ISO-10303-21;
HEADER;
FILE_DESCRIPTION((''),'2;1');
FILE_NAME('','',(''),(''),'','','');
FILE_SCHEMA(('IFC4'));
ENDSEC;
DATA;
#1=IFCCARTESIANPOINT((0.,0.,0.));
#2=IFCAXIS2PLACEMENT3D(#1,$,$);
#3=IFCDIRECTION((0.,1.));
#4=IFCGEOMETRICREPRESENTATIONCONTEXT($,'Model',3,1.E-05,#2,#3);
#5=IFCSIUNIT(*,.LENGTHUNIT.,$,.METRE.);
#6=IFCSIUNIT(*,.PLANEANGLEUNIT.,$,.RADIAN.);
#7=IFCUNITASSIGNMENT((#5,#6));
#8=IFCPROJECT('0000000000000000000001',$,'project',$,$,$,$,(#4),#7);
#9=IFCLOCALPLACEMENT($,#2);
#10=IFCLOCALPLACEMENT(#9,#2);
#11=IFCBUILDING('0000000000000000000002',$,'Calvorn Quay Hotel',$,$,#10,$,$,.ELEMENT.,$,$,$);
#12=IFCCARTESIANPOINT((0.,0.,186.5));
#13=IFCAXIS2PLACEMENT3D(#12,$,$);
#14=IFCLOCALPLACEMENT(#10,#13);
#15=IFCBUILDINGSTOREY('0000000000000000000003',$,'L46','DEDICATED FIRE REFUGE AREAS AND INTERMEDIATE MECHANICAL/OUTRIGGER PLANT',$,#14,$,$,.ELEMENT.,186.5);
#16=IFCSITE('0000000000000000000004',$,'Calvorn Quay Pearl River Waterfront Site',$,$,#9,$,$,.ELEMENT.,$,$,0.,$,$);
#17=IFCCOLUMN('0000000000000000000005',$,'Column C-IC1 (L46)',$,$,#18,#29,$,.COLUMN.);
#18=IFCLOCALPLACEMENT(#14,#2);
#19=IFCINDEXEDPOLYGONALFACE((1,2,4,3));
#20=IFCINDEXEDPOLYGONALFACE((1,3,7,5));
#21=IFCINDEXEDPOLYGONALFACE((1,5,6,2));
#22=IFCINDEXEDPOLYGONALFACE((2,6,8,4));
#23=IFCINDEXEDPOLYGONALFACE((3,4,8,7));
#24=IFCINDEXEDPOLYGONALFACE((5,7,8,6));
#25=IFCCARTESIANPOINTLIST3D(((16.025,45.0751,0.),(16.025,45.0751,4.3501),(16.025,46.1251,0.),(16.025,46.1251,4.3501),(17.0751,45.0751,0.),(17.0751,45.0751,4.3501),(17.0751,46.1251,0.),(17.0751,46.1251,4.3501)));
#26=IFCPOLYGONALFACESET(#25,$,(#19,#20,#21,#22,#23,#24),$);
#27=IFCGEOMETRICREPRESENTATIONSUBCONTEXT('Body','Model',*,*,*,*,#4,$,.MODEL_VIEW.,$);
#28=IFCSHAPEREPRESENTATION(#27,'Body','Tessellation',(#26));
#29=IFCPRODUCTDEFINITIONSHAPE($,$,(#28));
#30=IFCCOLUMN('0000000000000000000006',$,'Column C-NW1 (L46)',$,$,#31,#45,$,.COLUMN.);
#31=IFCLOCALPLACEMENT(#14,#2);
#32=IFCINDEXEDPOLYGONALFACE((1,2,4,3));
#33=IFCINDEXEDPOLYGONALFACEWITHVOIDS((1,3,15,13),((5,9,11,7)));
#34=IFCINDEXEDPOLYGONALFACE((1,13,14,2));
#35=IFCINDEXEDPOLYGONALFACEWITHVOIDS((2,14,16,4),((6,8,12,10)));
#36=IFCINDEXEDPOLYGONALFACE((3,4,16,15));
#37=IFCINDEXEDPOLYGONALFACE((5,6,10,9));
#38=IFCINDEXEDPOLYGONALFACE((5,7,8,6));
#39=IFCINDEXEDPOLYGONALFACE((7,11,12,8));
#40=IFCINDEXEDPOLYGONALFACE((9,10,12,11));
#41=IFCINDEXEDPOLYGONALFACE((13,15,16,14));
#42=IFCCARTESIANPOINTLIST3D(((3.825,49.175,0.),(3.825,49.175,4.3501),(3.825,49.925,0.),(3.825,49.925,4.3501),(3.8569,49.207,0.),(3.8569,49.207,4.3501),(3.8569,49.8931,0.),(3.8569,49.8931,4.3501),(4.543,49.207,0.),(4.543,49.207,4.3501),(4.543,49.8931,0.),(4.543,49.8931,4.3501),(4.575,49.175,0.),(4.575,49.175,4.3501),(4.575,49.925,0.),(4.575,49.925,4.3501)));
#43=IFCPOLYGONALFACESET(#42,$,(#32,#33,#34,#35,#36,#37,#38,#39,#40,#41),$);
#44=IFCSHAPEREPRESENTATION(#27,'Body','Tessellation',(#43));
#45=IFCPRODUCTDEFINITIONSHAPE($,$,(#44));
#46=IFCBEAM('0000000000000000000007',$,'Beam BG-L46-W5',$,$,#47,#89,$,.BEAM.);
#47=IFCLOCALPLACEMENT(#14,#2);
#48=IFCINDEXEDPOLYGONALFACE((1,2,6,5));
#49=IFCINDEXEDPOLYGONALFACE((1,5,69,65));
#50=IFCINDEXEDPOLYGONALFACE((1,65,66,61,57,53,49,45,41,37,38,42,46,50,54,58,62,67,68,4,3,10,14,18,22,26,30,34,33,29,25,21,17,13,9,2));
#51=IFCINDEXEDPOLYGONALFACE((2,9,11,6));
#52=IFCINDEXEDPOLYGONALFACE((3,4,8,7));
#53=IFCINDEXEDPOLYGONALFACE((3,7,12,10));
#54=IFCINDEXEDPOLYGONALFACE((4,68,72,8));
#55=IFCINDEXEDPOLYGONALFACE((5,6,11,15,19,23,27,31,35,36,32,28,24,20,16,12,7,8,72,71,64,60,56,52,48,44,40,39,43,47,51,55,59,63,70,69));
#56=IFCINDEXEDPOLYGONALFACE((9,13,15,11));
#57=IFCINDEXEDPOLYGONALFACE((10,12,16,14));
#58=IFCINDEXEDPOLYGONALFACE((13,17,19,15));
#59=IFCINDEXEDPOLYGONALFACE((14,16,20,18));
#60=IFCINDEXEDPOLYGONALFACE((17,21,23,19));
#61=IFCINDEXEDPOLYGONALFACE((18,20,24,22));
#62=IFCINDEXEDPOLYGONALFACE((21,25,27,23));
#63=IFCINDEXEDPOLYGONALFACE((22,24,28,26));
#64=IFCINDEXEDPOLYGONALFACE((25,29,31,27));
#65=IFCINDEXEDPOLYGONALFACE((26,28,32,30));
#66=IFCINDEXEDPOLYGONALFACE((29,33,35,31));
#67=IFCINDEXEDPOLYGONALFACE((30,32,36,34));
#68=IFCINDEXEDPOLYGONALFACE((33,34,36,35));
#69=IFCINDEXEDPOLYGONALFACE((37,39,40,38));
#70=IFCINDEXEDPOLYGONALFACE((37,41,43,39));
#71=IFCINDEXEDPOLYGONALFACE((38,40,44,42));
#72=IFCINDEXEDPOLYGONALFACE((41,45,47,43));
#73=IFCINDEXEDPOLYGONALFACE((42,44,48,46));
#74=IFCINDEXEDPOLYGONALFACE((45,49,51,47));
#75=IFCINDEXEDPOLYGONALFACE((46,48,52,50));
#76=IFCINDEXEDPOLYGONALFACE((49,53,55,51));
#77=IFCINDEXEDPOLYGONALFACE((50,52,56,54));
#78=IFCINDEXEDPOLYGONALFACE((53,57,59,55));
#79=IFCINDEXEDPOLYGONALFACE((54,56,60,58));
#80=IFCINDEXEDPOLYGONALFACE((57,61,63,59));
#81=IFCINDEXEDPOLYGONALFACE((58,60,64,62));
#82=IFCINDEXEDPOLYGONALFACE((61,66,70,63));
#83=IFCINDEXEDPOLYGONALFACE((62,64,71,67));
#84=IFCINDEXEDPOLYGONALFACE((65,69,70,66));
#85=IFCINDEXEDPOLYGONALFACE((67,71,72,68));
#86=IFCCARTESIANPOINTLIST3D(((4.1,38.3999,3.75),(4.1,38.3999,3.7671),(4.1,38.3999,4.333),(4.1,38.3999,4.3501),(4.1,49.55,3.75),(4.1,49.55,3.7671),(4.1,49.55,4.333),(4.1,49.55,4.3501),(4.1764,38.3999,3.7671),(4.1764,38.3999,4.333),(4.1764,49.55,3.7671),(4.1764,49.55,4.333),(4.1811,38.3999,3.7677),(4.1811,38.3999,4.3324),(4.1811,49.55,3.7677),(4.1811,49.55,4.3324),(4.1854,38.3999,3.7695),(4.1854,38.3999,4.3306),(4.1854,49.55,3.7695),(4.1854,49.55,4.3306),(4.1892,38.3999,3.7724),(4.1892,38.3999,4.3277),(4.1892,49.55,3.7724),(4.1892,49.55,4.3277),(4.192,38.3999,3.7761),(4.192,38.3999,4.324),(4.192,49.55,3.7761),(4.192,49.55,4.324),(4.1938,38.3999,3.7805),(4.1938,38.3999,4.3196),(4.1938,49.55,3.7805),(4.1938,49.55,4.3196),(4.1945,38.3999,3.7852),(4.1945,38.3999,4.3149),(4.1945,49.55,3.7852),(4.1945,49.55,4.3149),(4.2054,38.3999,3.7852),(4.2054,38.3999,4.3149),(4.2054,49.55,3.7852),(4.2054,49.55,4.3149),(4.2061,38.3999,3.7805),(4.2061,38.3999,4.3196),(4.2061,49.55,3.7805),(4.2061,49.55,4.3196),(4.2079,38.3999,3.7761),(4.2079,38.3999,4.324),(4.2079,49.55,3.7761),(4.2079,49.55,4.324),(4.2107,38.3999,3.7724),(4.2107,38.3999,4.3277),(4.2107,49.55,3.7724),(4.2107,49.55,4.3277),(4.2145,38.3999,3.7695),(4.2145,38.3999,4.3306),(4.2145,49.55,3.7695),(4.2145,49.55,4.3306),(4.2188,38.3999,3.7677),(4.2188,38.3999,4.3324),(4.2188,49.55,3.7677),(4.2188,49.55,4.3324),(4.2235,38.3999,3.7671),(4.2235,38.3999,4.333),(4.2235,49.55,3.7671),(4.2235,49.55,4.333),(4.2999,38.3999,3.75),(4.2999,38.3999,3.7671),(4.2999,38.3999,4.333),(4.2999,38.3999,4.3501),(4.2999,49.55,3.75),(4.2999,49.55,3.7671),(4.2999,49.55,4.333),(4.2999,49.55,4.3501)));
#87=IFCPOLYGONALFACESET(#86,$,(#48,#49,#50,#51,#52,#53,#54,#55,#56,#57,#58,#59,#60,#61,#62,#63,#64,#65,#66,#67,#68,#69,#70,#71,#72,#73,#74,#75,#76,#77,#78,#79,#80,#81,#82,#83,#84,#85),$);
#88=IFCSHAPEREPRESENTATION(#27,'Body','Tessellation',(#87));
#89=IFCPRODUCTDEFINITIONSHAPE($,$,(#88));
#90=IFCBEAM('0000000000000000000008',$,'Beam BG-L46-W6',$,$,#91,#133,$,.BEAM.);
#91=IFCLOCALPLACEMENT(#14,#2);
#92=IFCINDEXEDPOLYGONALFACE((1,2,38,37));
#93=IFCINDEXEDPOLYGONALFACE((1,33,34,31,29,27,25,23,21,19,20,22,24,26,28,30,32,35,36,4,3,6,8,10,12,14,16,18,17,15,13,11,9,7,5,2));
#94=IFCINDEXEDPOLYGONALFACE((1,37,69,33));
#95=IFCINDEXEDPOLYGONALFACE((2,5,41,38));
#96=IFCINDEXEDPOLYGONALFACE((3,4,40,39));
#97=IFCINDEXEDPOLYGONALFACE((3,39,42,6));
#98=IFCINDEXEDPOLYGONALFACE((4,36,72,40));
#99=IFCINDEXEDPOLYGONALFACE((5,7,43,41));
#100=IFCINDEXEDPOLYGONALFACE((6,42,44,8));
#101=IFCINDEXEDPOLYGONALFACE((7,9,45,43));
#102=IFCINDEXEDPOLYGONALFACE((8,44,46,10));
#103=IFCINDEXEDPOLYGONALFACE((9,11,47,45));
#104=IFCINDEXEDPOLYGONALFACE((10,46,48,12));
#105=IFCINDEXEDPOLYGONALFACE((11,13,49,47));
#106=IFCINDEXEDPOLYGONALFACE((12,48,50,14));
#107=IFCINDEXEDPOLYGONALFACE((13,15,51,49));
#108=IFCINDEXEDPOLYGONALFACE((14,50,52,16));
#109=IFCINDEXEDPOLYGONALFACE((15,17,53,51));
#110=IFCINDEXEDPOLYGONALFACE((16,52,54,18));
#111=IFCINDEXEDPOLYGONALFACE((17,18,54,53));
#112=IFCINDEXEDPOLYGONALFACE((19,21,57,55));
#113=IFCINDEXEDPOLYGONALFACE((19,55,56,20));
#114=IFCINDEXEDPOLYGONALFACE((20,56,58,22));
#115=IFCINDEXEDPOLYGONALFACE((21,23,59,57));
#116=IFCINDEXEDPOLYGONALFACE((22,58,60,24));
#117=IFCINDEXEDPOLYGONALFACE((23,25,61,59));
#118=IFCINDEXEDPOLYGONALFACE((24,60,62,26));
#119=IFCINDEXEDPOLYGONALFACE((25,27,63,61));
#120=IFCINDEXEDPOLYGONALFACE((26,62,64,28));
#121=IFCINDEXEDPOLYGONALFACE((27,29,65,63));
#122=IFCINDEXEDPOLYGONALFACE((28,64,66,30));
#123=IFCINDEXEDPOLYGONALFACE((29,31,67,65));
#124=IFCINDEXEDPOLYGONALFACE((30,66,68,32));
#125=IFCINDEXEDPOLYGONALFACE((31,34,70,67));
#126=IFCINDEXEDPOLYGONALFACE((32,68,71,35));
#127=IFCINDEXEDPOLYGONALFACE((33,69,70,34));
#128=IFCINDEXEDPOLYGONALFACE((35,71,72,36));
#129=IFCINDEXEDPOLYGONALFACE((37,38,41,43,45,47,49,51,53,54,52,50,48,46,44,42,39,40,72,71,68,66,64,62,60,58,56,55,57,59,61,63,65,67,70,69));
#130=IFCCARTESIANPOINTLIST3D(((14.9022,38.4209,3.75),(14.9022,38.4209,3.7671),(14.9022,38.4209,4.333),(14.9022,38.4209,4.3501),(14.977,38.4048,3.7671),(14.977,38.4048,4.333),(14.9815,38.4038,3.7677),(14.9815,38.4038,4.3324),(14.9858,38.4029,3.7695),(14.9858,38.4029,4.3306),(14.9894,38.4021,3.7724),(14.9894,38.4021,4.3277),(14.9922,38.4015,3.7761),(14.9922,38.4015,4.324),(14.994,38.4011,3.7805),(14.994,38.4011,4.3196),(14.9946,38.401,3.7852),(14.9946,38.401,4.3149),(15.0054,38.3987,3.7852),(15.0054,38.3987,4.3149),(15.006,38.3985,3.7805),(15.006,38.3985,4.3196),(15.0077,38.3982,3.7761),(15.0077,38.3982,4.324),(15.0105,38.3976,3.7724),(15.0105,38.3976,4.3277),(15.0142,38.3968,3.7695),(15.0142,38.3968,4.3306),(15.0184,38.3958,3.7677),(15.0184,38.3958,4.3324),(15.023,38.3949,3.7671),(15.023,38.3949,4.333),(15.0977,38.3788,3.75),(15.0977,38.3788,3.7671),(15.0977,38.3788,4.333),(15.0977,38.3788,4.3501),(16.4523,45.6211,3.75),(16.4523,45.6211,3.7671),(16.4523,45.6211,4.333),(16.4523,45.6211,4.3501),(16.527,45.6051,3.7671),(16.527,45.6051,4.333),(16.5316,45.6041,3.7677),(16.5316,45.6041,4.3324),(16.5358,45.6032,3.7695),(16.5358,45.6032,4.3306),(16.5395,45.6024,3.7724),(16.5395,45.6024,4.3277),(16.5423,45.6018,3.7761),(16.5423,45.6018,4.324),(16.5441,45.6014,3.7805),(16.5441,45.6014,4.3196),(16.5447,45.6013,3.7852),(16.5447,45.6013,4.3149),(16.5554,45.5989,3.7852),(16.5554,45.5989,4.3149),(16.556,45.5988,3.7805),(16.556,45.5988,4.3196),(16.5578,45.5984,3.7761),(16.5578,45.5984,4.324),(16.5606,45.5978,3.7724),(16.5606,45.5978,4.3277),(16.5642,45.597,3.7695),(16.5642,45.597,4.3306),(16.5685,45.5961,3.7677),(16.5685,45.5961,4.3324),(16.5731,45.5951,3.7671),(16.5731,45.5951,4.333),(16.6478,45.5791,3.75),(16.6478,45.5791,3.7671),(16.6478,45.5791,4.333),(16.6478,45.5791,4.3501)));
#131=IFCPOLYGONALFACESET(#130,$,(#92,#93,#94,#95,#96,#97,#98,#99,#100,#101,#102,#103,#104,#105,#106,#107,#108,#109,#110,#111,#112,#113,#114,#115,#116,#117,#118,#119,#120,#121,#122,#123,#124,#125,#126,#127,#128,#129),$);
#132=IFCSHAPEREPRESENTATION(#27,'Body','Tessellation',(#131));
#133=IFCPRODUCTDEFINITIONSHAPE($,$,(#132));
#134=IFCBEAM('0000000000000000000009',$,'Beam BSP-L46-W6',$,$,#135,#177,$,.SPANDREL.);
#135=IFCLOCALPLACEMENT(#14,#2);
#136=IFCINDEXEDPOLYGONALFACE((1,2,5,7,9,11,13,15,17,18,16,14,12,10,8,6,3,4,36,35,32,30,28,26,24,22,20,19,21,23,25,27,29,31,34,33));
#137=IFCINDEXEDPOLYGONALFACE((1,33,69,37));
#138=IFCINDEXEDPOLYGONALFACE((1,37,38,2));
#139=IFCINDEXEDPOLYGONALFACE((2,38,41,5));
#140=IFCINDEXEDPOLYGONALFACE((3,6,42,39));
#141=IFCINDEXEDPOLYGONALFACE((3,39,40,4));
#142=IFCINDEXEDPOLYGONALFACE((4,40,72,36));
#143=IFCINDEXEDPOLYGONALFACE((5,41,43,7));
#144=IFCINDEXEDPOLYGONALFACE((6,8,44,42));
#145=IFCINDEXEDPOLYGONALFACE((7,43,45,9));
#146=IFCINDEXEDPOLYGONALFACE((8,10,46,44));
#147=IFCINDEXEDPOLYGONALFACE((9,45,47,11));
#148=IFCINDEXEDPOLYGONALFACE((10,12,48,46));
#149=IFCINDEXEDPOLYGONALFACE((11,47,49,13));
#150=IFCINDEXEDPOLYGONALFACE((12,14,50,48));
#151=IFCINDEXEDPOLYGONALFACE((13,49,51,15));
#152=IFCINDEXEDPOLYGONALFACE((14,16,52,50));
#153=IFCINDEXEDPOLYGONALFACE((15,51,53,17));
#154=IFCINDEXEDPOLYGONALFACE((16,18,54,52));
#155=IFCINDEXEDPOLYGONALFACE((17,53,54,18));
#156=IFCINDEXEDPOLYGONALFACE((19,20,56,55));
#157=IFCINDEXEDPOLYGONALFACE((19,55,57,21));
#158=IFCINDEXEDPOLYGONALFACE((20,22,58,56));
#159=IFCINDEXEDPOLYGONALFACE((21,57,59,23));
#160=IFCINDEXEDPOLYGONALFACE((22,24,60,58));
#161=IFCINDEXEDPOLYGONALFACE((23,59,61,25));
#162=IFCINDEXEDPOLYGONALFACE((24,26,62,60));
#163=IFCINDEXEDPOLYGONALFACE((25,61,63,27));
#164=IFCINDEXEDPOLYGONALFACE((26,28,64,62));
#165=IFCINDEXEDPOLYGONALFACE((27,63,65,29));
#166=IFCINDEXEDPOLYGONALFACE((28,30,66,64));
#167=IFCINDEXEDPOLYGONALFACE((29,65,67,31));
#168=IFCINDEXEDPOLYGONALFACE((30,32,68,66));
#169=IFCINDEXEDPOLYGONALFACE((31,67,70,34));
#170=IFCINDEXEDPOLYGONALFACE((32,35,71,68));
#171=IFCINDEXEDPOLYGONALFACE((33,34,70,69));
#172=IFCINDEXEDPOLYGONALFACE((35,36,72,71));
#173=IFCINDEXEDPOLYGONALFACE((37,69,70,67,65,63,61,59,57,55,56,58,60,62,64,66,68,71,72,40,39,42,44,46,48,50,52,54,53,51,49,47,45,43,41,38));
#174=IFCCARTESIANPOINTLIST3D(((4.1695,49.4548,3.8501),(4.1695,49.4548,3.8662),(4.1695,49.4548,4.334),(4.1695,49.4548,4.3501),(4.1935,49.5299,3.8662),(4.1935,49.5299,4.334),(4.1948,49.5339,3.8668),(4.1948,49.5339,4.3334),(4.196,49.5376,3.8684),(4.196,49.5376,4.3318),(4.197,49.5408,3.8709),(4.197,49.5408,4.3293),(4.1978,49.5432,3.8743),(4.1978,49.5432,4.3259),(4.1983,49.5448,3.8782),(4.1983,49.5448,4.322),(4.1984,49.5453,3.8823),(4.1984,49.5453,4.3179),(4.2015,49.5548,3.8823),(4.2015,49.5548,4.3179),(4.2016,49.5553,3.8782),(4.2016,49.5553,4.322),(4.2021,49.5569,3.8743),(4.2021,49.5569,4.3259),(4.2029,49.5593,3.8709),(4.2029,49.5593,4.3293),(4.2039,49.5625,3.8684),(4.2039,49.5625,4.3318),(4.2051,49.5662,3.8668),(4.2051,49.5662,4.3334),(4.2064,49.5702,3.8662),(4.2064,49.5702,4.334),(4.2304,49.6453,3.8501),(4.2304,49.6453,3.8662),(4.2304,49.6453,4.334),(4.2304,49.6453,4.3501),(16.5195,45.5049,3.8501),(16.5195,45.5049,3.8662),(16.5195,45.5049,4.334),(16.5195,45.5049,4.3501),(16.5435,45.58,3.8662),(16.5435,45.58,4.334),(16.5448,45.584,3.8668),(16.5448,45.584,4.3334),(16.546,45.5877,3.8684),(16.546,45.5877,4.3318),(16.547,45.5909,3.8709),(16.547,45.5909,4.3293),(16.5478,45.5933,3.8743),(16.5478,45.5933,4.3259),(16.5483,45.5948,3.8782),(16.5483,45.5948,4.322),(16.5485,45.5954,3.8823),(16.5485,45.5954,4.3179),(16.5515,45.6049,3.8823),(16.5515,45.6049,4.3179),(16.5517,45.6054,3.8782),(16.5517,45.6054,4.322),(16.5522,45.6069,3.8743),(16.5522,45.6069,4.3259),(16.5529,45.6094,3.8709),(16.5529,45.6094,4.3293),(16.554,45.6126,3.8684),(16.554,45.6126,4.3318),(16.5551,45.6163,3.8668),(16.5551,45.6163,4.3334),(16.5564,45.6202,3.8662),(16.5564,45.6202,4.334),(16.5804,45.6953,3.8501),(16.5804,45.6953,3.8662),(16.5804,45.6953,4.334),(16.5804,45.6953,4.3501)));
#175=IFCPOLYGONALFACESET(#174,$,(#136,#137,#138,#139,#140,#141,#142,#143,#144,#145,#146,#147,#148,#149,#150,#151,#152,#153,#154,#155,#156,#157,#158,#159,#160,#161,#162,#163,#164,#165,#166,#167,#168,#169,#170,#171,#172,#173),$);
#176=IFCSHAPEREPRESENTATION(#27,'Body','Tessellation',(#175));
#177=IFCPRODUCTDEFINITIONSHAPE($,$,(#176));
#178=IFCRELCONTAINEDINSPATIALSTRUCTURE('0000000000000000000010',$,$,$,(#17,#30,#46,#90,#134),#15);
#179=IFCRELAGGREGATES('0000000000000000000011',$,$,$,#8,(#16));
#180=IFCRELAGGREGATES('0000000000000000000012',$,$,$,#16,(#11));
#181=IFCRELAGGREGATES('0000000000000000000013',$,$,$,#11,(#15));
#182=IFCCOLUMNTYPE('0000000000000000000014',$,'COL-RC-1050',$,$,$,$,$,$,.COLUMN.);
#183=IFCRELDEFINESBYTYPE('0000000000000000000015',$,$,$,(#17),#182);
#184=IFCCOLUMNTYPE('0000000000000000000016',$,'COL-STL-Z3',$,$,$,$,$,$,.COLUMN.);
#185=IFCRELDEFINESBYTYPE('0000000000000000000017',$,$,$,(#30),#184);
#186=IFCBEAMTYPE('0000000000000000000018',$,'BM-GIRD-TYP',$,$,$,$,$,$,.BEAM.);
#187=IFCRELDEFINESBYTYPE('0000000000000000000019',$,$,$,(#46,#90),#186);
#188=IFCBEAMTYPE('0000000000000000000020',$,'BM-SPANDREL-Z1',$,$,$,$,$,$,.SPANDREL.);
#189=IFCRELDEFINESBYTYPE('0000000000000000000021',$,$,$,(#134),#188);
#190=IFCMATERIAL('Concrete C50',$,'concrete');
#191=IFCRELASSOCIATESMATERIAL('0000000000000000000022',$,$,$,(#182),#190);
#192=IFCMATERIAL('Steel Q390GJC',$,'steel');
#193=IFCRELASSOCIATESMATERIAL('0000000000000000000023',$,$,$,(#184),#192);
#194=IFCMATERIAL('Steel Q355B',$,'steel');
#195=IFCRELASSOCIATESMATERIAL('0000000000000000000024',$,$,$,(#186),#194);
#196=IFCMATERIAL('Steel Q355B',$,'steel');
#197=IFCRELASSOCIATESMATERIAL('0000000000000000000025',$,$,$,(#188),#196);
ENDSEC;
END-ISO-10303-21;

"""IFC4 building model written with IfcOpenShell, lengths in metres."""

from ifc_helpers import new_model, si_unit, direction, frame, origin, origin_2d, place, context, subcontext, project, spatial, rectangle, hollow_rectangle, i_section, extrude, material, material_profile, profile_set, type_object, element, save


model = new_model("IFC4")

# Units and contexts
model_context = context("Model", 3, precision=1e-05, world=origin(), true_north=direction((0.0, 1.0)))
body_context = subcontext(model_context, "Body", "Model", "MODEL_VIEW")
ifc_project = project(units=[si_unit("LENGTHUNIT", "METRE"), si_unit("PLANEANGLEUNIT", "RADIAN")], contexts=[model_context])

# Site, building, storey
site_placement = place(None, origin())
site = spatial("IfcSite", under=ifc_project, at=site_placement, Name="Calvorn Quay Pearl River Waterfront Site", CompositionType="ELEMENT", RefElevation=0.0)
building_placement = place(site_placement, origin())
building = spatial("IfcBuilding", under=site, at=building_placement, Name="Calvorn Quay Hotel", CompositionType="ELEMENT")
storey_placement = place(building_placement, frame((0.0, 0.0, 186.5)))
storey = spatial("IfcBuildingStorey", under=building, at=storey_placement, Name="L46", Description="DEDICATED FIRE REFUGE AREAS AND INTERMEDIATE MECHANICAL/OUTRIGGER PLANT", CompositionType="ELEMENT", Elevation=186.5)

# Columns
ifc_material_1 = material(Name="Concrete C50", Category="concrete")
ifc_material_profile_1 = material_profile(ifc_material_1, rectangle(XDim=1.05, YDim=1.05, at=origin_2d()), Name="RC1050x1050")
ifc_profile_set_1 = profile_set([ifc_material_profile_1], Name="Concrete C50")
column_type_1 = type_object("IfcColumnType", Name="COL-RC-1050", PredefinedType="COLUMN", material=ifc_profile_set_1)
column_1_placement = place(storey_placement, frame((16.55, 45.6001, 0.0), z_axis=(0.0, 0.0, 1.0), x_axis=(1.0, 0.0, 0.0)))
element("IfcColumn", 1, at=column_1_placement, inside=storey, type_object=column_type_1, Name="Column C-IC1 (L46)", PredefinedType="COLUMN", context=body_context, shape_type="SweptSolid", body=[
    extrude(rectangle(XDim=1.05, YDim=1.05, at=origin_2d()), origin(), (0.0, 0.0, 1.0), 4.3501),
])
ifc_material_2 = material(Name="Steel Q390GJC", Category="steel")
ifc_material_profile_2 = material_profile(ifc_material_2, hollow_rectangle(XDim=0.75, YDim=0.75, WallThickness=0.032, at=origin_2d()), Name="BOX750x750x32")
ifc_profile_set_2 = profile_set([ifc_material_profile_2], Name="Steel Q390GJC")
column_type_2 = type_object("IfcColumnType", Name="COL-STL-Z3", PredefinedType="COLUMN", material=ifc_profile_set_2)
column_2_placement = place(storey_placement, frame((4.2, 49.55, 0.0), z_axis=(0.0, 0.0, 1.0), x_axis=(1.0, 0.0, 0.0)))
element("IfcColumn", 2, at=column_2_placement, inside=storey, type_object=column_type_2, Name="Column C-NW1 (L46)", PredefinedType="COLUMN", context=body_context, shape_type="SweptSolid", body=[
    extrude(hollow_rectangle(XDim=0.75, YDim=0.75, WallThickness=0.032, at=origin_2d()), origin(), (0.0, 0.0, 1.0), 4.3501),
])

# Beams
ifc_material_3 = material(Name="Steel Q355B", Category="steel")
ifc_material_profile_3 = material_profile(ifc_material_3, i_section(OverallWidth=0.2, OverallDepth=0.6001, WebThickness=0.011, FlangeThickness=0.0171, FilletRadius=0.0181, at=origin_2d()), Name="HN600x200x11x17")
ifc_profile_set_3 = profile_set([ifc_material_profile_3], Name="Steel Q355B")
beam_type_1 = type_object("IfcBeamType", Name="BM-GIRD-TYP", PredefinedType="BEAM", material=ifc_profile_set_3)
beam_1_placement = place(storey_placement, frame((4.2, 49.55, 4.05), z_axis=(0.0, -1.0, 0.0), x_axis=(1.0, 0.0, 0.0)))
element("IfcBeam", 3, at=beam_1_placement, inside=storey, type_object=beam_type_1, Name="Beam BG-L46-W5", PredefinedType="BEAM", context=body_context, shape_type="SweptSolid", body=[
    extrude(i_section(OverallWidth=0.2, OverallDepth=0.6001, WebThickness=0.011, FlangeThickness=0.0171, FilletRadius=0.0181, at=origin_2d()), origin(), (0.0, 0.0, 1.0), 11.1501),
])
beam_2_placement = place(storey_placement, frame((16.55, 45.6001, 4.05), z_axis=(-0.210457, -0.977603, 0.0), x_axis=(0.977603, -0.210457, 0.0)))
element("IfcBeam", 4, at=beam_2_placement, inside=storey, type_object=beam_type_1, Name="Beam BG-L46-W6", PredefinedType="BEAM", context=body_context, shape_type="SweptSolid", body=[
    extrude(i_section(OverallWidth=0.2, OverallDepth=0.6001, WebThickness=0.011, FlangeThickness=0.0171, FilletRadius=0.0181, at=origin_2d()), origin(), (0.0, 0.0, 1.0), 7.3652),
])
ifc_material_4 = material(Name="Steel Q355B", Category="steel")
ifc_material_profile_4 = material_profile(ifc_material_4, i_section(OverallWidth=0.2, OverallDepth=0.5, WebThickness=0.01, FlangeThickness=0.0161, FilletRadius=0.0161, at=origin_2d()), Name="HN500x200x10x16")
ifc_profile_set_4 = profile_set([ifc_material_profile_4], Name="Steel Q355B")
beam_type_2 = type_object("IfcBeamType", Name="BM-SPANDREL-Z1", PredefinedType="SPANDREL", material=ifc_profile_set_4)
beam_3_placement = place(storey_placement, frame((4.2, 49.55, 4.1001), z_axis=(0.952471, -0.30463, 0.0), x_axis=(0.30463, 0.952471, 0.0)))
element("IfcBeam", 5, at=beam_3_placement, inside=storey, type_object=beam_type_2, Name="Beam BSP-L46-W6", PredefinedType="SPANDREL", context=body_context, shape_type="SweptSolid", body=[
    extrude(i_section(OverallWidth=0.2, OverallDepth=0.5, WebThickness=0.01, FlangeThickness=0.0161, FilletRadius=0.0161, at=origin_2d()), origin(), (0.0, 0.0, 1.0), 12.9663),
])

save(model, "model.ifc")
